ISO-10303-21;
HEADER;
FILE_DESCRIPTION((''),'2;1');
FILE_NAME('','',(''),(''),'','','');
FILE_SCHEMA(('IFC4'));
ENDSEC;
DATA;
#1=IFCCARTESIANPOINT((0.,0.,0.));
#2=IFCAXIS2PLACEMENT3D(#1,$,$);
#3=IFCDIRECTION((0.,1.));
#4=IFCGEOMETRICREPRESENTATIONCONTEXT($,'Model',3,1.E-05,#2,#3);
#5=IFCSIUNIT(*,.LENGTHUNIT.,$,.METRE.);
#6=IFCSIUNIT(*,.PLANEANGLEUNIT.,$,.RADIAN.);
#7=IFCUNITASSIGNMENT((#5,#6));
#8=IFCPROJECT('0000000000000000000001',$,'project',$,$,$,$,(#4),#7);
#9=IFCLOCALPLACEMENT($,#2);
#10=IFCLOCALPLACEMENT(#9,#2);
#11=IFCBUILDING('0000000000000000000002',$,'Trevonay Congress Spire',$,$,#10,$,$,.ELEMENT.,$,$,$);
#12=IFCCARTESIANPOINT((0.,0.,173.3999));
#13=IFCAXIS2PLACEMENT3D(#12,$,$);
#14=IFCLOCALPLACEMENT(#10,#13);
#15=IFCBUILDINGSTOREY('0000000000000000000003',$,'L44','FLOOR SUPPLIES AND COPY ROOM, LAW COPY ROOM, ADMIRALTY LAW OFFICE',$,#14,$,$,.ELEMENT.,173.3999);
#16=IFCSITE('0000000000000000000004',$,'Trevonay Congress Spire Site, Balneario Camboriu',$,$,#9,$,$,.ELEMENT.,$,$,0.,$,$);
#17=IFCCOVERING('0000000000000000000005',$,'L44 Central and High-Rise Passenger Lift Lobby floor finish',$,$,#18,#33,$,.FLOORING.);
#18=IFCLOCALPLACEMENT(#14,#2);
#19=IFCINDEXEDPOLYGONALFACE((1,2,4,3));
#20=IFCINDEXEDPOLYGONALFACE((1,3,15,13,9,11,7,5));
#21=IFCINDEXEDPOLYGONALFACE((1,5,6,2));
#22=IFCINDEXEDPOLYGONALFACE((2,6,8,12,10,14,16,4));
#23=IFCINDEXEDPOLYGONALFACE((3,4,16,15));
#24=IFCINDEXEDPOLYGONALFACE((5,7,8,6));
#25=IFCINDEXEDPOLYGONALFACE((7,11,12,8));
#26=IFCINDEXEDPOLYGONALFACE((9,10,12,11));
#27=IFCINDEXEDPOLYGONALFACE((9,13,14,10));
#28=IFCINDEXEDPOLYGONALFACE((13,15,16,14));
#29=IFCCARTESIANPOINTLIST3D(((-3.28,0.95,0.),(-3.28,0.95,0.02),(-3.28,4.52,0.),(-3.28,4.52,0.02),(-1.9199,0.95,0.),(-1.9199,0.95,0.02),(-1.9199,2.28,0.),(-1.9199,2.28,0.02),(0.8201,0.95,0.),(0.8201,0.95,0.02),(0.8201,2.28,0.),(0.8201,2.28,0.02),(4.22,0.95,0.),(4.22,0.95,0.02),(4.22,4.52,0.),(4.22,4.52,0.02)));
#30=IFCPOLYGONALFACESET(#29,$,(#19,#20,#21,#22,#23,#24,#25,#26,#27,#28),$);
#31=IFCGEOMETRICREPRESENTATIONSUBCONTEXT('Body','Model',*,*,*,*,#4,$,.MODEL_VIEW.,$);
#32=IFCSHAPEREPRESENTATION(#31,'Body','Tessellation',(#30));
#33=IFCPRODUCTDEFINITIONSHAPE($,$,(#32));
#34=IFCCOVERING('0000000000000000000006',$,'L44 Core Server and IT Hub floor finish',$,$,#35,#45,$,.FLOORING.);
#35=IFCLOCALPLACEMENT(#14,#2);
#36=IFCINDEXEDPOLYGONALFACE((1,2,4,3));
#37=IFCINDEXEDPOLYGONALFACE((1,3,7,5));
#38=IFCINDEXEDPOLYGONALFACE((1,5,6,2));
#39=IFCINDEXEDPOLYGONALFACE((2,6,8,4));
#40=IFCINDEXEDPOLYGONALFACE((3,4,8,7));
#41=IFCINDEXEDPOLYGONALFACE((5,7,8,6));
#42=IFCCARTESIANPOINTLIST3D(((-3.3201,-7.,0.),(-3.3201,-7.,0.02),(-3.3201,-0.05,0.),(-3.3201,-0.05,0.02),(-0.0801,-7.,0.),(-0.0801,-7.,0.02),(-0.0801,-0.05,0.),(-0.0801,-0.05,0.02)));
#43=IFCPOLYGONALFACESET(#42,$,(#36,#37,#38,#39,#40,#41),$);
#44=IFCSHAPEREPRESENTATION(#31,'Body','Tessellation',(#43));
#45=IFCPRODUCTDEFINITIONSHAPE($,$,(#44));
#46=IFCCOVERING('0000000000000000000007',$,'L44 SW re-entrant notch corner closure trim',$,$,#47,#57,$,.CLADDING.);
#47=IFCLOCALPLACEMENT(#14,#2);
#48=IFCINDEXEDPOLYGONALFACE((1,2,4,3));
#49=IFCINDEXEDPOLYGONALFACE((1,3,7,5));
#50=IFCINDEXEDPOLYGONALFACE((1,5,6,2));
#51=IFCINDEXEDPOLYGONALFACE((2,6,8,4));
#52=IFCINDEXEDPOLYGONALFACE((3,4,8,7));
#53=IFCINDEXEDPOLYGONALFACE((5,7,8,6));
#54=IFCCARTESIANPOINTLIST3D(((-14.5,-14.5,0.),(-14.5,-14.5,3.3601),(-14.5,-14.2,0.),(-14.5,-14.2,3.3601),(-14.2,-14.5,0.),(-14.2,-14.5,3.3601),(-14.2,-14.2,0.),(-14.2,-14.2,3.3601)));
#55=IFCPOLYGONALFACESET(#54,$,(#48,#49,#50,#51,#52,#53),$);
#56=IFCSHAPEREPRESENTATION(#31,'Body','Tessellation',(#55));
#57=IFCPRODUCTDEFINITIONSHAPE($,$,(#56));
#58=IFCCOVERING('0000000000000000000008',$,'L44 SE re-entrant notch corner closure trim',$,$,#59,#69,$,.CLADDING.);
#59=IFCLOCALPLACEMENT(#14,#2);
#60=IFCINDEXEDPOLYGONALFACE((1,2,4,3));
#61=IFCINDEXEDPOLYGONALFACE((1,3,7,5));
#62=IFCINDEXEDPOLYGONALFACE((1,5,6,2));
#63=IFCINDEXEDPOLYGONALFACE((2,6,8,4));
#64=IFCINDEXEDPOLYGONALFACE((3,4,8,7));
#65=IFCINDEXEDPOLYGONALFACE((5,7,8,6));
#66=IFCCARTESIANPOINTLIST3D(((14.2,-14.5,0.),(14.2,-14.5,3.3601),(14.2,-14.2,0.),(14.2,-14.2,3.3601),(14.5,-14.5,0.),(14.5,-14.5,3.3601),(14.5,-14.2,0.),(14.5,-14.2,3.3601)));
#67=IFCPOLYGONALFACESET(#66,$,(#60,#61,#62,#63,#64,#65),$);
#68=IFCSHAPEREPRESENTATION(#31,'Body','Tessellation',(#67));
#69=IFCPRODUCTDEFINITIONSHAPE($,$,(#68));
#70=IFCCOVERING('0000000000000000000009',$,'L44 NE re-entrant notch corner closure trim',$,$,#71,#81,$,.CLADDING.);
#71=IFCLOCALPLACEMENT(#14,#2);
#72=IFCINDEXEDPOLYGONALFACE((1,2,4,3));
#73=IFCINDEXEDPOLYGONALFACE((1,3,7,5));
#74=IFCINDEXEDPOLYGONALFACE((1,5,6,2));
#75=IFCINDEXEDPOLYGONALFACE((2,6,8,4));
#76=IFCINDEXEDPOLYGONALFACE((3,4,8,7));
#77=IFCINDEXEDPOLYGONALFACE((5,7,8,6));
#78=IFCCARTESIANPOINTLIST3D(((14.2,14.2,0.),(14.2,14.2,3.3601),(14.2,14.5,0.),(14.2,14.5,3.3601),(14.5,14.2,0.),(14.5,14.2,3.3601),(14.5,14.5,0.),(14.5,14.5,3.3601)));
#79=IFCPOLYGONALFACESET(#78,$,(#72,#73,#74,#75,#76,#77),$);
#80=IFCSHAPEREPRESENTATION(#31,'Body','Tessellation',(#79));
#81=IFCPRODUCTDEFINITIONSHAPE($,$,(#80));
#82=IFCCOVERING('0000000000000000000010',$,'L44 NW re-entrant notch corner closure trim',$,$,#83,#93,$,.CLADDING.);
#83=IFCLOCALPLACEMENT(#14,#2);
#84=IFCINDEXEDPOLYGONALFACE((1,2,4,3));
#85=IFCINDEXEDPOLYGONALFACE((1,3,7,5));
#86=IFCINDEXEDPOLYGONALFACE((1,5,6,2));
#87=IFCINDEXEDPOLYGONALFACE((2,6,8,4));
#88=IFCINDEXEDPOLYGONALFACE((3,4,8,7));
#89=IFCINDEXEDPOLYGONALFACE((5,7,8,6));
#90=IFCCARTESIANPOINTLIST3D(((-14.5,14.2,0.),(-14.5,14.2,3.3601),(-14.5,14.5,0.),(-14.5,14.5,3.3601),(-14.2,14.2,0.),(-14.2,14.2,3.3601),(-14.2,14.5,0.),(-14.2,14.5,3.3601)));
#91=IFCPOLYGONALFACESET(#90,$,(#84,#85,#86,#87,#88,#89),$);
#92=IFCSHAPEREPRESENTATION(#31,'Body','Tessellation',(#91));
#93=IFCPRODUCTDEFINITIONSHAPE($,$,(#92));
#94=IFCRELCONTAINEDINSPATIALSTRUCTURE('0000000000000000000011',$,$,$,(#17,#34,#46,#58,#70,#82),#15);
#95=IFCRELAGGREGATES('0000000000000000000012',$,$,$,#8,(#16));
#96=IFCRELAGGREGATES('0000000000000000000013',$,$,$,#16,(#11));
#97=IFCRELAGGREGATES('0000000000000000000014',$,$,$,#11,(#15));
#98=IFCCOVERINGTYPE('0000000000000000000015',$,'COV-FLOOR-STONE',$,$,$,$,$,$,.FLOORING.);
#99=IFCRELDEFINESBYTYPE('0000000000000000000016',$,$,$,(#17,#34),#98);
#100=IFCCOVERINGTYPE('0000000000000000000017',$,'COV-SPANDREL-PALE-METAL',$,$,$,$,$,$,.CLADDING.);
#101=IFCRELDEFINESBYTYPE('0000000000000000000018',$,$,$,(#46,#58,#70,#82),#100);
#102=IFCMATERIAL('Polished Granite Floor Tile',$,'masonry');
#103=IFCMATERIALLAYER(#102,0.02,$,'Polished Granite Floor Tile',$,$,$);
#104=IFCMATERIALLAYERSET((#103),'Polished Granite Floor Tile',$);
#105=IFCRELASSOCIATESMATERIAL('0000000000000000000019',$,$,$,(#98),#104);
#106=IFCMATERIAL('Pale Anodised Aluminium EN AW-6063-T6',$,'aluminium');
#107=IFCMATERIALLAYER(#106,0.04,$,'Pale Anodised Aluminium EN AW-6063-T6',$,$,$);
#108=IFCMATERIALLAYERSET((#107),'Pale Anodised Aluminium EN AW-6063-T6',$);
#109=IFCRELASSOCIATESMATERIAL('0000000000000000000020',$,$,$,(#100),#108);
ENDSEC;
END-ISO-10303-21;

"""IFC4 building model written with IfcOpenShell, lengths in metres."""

from ifc_helpers import new_model, si_unit, direction, frame, origin, place, context, subcontext, project, spatial, polyline, outline, extrude, material, layer, layer_set, type_object, element, save


model = new_model("IFC4")

# Units and contexts
model_context = context("Model", 3, precision=1e-05, world=origin(), true_north=direction((0.0, 1.0)))
body_context = subcontext(model_context, "Body", "Model", "MODEL_VIEW")
ifc_project = project(units=[si_unit("LENGTHUNIT", "METRE"), si_unit("PLANEANGLEUNIT", "RADIAN")], contexts=[model_context])

# Site, building, storey
site_placement = place(None, origin())
site = spatial("IfcSite", under=ifc_project, at=site_placement, Name="Trevonay Congress Spire Site, Balneario Camboriu", CompositionType="ELEMENT", RefElevation=0.0)
building_placement = place(site_placement, origin())
building = spatial("IfcBuilding", under=site, at=building_placement, Name="Trevonay Congress Spire", CompositionType="ELEMENT")
storey_placement = place(building_placement, frame((0.0, 0.0, 173.3999)))
storey = spatial("IfcBuildingStorey", under=building, at=storey_placement, Name="L44", Description="FLOOR SUPPLIES AND COPY ROOM, LAW COPY ROOM, ADMIRALTY LAW OFFICE", CompositionType="ELEMENT", Elevation=173.3999)

# Coverings
ifc_material_1 = material(Name="Polished Granite Floor Tile", Category="masonry")
ifc_layer_1 = layer(ifc_material_1, 0.02, Name="Polished Granite Floor Tile")
ifc_layer_set_1 = layer_set([ifc_layer_1], Name="Polished Granite Floor Tile")
covering_type_1 = type_object("IfcCoveringType", Name="COV-FLOOR-STONE", PredefinedType="FLOORING", material=ifc_layer_set_1)
covering_1_placement = place(storey_placement, origin())
element("IfcCovering", 1, at=covering_1_placement, inside=storey, type_object=covering_type_1, Name="L44 Central and High-Rise Passenger Lift Lobby floor finish", PredefinedType="FLOORING", context=body_context, shape_type="SweptSolid", body=[
    extrude(outline(polyline([(-3.28, 0.95), (-1.9199, 0.95), (-1.9199, 2.28), (0.8201, 2.28), (0.8201, 0.95), (4.22, 0.95), (4.22, 4.52), (-3.28, 4.52), (-3.28, 0.95)])), origin(), (0.0, 0.0, 1.0), 0.02),
])
covering_2_placement = place(storey_placement, origin())
element("IfcCovering", 2, at=covering_2_placement, inside=storey, type_object=covering_type_1, Name="L44 Core Server and IT Hub floor finish", PredefinedType="FLOORING", context=body_context, shape_type="SweptSolid", body=[
    extrude(outline(polyline([(-3.3201, -7.0), (-0.0801, -7.0), (-0.0801, -0.05), (-3.3201, -0.05), (-3.3201, -7.0)])), origin(), (0.0, 0.0, 1.0), 0.02),
])
ifc_material_2 = material(Name="Pale Anodised Aluminium EN AW-6063-T6", Category="aluminium")
ifc_layer_2 = layer(ifc_material_2, 0.04, Name="Pale Anodised Aluminium EN AW-6063-T6")
ifc_layer_set_2 = layer_set([ifc_layer_2], Name="Pale Anodised Aluminium EN AW-6063-T6")
covering_type_2 = type_object("IfcCoveringType", Name="COV-SPANDREL-PALE-METAL", PredefinedType="CLADDING", material=ifc_layer_set_2)
covering_3_placement = place(storey_placement, origin())
element("IfcCovering", 3, at=covering_3_placement, inside=storey, type_object=covering_type_2, Name="L44 SW re-entrant notch corner closure trim", PredefinedType="CLADDING", context=body_context, shape_type="SweptSolid", body=[
    extrude(outline(polyline([(-14.5, -14.5), (-14.2, -14.5), (-14.2, -14.2), (-14.5, -14.2), (-14.5, -14.5)])), origin(), (0.0, 0.0, 1.0), 3.3601),
])
covering_4_placement = place(storey_placement, origin())
element("IfcCovering", 4, at=covering_4_placement, inside=storey, type_object=covering_type_2, Name="L44 SE re-entrant notch corner closure trim", PredefinedType="CLADDING", context=body_context, shape_type="SweptSolid", body=[
    extrude(outline(polyline([(14.2, -14.5), (14.5, -14.5), (14.5, -14.2), (14.2, -14.2), (14.2, -14.5)])), origin(), (0.0, 0.0, 1.0), 3.3601),
])
covering_5_placement = place(storey_placement, origin())
element("IfcCovering", 5, at=covering_5_placement, inside=storey, type_object=covering_type_2, Name="L44 NE re-entrant notch corner closure trim", PredefinedType="CLADDING", context=body_context, shape_type="SweptSolid", body=[
    extrude(outline(polyline([(14.2, 14.2), (14.5, 14.2), (14.5, 14.5), (14.2, 14.5), (14.2, 14.2)])), origin(), (0.0, 0.0, 1.0), 3.3601),
])
covering_6_placement = place(storey_placement, origin())
element("IfcCovering", 6, at=covering_6_placement, inside=storey, type_object=covering_type_2, Name="L44 NW re-entrant notch corner closure trim", PredefinedType="CLADDING", context=body_context, shape_type="SweptSolid", body=[
    extrude(outline(polyline([(-14.5, 14.2), (-14.2, 14.2), (-14.2, 14.5), (-14.5, 14.5), (-14.5, 14.2)])), origin(), (0.0, 0.0, 1.0), 3.3601),
])

save(model, "model.ifc")
